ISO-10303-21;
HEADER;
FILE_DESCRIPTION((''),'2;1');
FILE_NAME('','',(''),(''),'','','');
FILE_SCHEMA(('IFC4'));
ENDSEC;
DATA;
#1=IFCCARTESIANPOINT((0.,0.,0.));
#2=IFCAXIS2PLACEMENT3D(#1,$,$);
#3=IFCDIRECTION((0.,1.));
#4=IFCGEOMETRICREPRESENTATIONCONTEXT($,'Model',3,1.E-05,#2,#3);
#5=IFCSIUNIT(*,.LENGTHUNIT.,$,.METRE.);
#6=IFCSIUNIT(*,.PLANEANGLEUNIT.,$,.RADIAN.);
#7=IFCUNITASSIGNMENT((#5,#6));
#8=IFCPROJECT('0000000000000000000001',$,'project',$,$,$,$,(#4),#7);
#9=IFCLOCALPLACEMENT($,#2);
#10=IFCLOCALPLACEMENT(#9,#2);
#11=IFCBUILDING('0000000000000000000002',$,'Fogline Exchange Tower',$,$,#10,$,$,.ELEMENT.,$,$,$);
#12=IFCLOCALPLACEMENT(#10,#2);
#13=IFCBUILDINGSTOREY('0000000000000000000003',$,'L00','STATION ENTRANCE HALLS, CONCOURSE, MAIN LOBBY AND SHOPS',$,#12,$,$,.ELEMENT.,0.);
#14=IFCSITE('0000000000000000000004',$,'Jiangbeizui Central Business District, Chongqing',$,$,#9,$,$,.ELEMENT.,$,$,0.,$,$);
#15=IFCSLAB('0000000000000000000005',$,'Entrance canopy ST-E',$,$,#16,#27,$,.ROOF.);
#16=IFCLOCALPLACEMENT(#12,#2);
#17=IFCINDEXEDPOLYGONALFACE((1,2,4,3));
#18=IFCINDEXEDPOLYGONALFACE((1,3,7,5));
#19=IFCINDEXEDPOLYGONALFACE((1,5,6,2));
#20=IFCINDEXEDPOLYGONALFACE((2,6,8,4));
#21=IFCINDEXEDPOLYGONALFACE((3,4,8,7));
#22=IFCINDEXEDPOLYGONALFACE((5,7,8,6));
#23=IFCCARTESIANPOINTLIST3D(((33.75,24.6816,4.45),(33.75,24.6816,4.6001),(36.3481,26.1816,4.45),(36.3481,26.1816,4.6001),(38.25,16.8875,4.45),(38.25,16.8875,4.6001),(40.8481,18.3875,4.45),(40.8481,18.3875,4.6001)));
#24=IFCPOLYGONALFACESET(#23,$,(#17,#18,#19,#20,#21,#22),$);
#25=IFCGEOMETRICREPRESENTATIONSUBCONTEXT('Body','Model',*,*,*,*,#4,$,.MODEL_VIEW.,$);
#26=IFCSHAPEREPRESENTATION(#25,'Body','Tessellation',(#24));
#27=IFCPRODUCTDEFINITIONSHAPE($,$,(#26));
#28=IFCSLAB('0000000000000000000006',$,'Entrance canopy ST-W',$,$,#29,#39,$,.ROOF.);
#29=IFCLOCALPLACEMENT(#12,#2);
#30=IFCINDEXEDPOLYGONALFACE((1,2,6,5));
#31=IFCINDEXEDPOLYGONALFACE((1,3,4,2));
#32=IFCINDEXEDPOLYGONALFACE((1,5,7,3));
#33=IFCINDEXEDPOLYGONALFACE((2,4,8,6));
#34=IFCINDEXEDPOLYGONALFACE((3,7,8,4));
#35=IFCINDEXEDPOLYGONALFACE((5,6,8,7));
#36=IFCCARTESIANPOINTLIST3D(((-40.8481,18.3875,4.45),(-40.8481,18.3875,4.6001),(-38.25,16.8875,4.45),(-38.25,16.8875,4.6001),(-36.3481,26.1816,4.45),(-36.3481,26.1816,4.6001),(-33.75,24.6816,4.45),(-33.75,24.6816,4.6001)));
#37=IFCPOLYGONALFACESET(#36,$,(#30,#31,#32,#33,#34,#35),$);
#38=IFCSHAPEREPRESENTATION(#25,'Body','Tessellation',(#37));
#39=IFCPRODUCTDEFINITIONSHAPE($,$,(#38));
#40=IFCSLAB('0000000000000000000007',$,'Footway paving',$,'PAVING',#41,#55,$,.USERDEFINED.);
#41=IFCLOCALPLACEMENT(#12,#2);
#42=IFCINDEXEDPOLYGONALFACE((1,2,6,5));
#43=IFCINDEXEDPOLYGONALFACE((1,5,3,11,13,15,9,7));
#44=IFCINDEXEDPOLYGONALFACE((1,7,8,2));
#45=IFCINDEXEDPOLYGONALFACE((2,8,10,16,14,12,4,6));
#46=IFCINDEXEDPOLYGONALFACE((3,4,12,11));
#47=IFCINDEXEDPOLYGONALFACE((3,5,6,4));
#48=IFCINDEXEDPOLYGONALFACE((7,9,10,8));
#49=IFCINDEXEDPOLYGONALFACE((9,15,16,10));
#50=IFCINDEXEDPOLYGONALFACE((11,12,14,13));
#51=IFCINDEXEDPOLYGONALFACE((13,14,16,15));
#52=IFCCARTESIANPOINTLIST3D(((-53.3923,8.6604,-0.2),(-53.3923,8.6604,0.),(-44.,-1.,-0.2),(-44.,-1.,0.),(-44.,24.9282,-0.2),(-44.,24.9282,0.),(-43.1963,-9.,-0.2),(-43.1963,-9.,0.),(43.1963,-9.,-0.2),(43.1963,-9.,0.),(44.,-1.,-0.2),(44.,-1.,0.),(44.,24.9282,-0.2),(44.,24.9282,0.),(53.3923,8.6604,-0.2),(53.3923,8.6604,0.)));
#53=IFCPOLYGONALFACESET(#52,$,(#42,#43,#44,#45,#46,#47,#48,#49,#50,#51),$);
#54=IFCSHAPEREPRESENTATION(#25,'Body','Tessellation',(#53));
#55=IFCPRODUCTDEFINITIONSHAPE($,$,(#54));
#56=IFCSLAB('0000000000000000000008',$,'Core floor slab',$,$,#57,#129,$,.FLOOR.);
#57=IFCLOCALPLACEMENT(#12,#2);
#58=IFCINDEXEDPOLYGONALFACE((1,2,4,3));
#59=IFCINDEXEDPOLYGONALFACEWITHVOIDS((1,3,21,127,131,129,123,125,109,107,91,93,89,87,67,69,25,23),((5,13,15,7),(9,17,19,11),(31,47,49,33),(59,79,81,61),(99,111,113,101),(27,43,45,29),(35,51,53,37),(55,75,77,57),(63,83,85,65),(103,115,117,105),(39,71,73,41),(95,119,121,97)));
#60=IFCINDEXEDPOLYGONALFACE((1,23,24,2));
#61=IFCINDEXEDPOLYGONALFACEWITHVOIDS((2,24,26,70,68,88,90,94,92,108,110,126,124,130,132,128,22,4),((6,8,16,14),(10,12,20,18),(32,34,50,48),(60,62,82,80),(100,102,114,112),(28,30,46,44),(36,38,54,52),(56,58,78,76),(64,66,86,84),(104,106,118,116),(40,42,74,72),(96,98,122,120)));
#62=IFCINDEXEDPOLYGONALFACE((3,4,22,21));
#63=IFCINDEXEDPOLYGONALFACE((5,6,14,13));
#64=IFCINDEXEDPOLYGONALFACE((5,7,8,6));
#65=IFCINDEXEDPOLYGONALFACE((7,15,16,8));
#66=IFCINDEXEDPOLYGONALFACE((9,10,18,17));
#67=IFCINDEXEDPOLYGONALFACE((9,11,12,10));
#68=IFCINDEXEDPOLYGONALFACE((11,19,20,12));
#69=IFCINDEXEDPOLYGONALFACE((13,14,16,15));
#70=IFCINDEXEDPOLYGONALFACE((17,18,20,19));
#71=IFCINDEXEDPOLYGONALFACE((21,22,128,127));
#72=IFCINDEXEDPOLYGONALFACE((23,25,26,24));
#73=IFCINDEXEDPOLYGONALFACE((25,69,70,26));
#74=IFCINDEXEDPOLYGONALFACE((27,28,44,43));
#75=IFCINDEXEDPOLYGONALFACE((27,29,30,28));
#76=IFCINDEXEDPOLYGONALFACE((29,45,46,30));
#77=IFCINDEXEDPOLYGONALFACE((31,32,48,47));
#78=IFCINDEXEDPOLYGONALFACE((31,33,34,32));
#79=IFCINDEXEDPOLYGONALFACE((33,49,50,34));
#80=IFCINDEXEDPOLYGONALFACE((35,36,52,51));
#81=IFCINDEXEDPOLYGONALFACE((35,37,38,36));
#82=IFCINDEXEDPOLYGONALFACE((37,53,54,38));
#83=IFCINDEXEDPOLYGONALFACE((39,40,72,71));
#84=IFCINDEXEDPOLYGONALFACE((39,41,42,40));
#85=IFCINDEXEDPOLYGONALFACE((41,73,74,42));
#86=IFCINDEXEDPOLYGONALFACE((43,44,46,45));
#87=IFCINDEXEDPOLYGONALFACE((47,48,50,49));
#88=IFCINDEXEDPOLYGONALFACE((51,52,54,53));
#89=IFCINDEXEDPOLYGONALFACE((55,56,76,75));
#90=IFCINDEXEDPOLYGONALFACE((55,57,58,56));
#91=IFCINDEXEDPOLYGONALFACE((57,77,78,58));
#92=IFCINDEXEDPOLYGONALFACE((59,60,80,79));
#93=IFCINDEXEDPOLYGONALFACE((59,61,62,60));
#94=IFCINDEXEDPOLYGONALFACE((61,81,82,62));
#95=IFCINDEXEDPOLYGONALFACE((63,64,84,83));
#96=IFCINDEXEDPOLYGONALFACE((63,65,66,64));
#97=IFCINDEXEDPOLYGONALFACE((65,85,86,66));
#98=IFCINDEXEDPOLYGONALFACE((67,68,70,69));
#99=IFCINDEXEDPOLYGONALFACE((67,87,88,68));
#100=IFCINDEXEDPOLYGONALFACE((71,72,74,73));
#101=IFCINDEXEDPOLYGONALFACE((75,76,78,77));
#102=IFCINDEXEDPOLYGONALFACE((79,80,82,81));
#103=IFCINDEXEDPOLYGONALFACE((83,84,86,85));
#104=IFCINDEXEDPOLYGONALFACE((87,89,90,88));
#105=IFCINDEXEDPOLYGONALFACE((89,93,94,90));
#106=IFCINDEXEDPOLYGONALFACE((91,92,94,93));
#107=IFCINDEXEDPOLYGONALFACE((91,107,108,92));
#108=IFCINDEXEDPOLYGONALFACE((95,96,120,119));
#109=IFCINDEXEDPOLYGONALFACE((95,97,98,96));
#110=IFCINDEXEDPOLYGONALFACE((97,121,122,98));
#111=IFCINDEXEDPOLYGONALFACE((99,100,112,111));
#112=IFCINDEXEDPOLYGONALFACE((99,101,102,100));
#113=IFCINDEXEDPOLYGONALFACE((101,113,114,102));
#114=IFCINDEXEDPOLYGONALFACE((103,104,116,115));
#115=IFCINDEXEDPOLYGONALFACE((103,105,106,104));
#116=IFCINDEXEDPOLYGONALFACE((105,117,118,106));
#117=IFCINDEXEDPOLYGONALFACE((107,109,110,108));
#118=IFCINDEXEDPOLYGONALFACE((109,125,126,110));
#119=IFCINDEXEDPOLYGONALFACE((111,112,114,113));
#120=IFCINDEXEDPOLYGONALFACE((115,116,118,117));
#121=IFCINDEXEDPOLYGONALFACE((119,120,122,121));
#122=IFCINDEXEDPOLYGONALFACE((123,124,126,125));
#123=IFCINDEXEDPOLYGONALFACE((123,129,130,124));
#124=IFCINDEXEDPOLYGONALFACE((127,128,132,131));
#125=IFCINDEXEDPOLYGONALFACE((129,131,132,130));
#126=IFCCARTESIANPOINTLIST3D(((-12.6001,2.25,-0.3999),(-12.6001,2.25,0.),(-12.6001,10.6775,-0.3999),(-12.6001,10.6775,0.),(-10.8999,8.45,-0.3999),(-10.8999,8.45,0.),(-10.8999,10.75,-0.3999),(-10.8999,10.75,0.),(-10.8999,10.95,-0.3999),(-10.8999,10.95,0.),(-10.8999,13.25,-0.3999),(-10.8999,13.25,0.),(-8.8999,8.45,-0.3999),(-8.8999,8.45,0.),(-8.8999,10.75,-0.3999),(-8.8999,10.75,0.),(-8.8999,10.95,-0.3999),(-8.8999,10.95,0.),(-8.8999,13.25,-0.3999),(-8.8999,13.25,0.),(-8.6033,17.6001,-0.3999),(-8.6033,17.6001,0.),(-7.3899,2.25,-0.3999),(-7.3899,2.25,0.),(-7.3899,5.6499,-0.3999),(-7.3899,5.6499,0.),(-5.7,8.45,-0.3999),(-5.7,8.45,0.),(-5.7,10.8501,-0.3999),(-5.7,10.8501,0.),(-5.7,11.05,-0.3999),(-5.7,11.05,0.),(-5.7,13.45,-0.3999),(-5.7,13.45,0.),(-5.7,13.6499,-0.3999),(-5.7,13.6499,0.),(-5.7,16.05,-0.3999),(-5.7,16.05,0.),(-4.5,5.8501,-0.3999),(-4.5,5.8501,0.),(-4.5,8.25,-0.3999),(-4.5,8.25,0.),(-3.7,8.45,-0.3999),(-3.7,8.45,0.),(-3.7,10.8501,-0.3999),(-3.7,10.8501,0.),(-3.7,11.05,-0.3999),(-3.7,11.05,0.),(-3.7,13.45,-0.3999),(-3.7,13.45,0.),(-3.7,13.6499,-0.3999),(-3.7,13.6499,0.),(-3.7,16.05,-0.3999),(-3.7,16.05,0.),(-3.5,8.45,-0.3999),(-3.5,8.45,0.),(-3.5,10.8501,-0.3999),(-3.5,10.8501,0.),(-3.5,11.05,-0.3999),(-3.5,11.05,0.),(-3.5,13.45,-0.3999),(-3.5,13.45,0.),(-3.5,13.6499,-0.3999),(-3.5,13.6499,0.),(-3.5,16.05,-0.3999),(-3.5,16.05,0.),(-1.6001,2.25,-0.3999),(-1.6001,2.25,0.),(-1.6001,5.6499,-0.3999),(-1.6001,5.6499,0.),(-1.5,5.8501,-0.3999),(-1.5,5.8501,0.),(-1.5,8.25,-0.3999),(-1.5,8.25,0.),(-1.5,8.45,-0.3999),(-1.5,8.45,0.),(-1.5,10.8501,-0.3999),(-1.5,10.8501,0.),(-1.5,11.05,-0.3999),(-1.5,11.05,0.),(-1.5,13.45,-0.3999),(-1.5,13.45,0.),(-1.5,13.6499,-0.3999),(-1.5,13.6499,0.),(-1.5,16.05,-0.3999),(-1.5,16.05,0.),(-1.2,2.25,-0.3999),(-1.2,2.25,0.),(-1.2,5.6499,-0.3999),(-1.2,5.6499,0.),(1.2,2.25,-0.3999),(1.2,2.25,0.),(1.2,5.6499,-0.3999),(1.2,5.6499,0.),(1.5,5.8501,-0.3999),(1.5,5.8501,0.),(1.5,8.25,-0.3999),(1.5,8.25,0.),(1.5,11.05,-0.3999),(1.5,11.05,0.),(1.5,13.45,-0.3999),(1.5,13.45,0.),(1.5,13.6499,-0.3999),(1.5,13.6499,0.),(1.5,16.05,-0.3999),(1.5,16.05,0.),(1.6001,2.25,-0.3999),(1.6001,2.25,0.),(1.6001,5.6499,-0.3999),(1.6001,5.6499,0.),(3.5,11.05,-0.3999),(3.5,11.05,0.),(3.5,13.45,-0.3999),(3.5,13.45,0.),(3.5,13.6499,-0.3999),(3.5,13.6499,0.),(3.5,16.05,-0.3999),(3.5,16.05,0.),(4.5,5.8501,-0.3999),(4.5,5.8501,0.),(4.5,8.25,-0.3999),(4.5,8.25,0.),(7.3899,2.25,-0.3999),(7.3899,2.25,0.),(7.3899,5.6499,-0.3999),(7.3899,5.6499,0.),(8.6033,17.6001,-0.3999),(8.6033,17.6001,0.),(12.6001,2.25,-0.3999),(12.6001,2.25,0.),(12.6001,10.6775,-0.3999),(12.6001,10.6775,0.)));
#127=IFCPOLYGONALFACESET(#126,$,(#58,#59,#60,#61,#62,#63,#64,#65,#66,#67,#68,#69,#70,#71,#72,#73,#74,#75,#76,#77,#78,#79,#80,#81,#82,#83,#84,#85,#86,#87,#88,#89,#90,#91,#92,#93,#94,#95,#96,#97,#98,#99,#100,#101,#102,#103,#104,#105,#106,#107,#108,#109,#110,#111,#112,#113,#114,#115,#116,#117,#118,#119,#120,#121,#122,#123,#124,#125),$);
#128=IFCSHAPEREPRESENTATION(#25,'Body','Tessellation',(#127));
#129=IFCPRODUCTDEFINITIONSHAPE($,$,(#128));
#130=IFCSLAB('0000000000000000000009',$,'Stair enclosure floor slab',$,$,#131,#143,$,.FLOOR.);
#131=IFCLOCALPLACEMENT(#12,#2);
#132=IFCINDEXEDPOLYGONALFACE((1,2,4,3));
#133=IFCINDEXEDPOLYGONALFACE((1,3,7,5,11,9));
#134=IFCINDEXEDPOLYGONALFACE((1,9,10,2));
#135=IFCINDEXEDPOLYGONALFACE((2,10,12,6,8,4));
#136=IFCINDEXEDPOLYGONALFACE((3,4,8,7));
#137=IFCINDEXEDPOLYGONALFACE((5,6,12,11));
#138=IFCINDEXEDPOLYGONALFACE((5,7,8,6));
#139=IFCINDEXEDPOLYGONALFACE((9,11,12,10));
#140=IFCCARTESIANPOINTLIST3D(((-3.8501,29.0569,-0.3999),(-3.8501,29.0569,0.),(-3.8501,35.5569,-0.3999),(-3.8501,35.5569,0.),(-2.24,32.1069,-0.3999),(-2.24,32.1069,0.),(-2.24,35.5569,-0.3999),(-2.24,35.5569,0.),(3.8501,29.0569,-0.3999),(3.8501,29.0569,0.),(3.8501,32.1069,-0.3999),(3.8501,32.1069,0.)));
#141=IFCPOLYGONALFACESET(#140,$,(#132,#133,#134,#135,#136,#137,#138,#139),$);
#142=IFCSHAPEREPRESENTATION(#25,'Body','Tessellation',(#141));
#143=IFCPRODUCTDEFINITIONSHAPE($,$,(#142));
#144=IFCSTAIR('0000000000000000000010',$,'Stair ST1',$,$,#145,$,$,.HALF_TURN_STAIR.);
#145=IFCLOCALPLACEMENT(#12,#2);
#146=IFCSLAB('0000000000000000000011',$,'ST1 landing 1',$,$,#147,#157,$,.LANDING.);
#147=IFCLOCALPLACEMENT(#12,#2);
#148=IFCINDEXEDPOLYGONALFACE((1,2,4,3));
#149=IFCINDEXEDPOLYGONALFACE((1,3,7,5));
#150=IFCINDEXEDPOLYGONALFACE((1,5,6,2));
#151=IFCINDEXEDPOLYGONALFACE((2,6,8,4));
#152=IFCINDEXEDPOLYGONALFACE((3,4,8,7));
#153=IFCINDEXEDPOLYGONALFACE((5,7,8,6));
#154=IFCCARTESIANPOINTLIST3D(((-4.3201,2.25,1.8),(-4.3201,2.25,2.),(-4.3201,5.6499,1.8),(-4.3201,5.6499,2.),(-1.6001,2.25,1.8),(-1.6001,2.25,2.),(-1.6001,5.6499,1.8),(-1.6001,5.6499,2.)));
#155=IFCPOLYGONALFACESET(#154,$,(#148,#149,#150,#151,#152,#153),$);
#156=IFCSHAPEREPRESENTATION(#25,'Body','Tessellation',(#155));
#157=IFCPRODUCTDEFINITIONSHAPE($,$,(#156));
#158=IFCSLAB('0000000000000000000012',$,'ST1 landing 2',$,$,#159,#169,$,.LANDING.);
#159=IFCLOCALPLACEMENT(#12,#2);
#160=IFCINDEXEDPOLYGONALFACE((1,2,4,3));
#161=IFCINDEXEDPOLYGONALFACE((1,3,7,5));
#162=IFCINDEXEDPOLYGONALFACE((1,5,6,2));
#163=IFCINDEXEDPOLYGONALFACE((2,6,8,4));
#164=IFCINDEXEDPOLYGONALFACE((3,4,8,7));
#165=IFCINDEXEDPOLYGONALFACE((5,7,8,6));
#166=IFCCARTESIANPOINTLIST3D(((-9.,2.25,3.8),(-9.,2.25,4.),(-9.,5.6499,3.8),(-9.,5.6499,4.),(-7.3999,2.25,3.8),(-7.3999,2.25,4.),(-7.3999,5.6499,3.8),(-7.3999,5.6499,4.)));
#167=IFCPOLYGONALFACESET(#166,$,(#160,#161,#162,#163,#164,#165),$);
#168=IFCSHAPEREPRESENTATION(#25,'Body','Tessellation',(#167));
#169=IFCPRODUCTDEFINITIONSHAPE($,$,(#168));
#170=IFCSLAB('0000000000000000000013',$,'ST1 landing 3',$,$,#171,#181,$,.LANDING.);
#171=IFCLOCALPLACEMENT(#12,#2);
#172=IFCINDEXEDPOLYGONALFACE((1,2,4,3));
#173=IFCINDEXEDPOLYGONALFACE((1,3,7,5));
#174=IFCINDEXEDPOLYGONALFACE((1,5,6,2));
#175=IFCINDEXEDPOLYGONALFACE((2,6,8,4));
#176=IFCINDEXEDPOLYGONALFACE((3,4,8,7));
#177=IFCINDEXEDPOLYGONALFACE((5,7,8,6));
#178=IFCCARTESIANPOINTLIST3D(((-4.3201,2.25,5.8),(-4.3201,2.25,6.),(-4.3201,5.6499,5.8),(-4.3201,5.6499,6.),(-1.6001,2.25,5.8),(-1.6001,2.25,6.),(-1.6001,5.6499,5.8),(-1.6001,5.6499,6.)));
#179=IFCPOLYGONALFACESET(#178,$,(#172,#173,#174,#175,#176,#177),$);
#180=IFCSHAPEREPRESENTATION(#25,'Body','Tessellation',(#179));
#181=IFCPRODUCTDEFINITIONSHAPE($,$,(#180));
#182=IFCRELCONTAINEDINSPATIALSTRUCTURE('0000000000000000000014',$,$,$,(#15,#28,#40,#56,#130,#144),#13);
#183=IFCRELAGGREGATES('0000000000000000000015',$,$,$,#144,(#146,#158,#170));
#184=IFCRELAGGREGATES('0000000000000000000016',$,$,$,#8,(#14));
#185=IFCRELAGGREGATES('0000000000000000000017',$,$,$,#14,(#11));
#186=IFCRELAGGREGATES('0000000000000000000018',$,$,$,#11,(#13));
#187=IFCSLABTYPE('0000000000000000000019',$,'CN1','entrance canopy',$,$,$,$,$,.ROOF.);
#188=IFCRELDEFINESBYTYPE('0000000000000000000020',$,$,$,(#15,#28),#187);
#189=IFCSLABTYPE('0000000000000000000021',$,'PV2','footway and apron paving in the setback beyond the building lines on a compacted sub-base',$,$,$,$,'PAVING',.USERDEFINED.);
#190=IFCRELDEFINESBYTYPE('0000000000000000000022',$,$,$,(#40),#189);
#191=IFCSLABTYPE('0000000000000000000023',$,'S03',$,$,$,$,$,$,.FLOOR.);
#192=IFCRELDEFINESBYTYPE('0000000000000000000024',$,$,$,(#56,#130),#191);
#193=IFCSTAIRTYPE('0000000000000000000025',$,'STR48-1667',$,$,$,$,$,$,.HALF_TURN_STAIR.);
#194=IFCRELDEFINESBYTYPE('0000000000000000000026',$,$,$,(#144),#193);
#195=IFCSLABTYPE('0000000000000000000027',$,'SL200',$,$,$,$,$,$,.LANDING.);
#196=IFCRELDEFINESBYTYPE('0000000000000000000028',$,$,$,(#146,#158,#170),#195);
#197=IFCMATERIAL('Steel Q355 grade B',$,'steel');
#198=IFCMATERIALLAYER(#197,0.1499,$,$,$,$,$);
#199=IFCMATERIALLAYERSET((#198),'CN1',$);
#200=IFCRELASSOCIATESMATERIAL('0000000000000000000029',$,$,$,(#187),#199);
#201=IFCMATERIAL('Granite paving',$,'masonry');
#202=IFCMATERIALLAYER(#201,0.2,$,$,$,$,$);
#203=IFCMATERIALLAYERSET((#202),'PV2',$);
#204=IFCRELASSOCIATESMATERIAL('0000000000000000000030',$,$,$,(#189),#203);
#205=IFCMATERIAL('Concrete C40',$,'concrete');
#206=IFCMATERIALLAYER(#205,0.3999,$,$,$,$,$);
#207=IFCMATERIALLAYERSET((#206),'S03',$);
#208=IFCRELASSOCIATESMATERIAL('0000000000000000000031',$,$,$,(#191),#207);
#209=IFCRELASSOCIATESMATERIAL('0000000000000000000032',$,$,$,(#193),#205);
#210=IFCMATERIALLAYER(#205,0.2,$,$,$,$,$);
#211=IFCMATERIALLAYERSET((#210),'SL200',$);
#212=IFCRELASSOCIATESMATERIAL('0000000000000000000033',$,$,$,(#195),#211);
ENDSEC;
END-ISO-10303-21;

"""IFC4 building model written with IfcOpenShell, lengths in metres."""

from ifc_helpers import new_model, si_unit, direction, frame, origin, place, context, subcontext, project, spatial, polyline, outline, extrude, material, layer, layer_set, type_object, element, aggregate, save


model = new_model("IFC4")

# Units and contexts
model_context = context("Model", 3, precision=1e-05, world=origin(), true_north=direction((0.0, 1.0)))
body_context = subcontext(model_context, "Body", "Model", "MODEL_VIEW")
ifc_project = project(units=[si_unit("LENGTHUNIT", "METRE"), si_unit("PLANEANGLEUNIT", "RADIAN")], contexts=[model_context])

# Site, building, storey
site_placement = place(None, origin())
site = spatial("IfcSite", under=ifc_project, at=site_placement, Name="Jiangbeizui Central Business District, Chongqing", CompositionType="ELEMENT", RefElevation=0.0)
building_placement = place(site_placement, origin())
building = spatial("IfcBuilding", under=site, at=building_placement, Name="Fogline Exchange Tower", CompositionType="ELEMENT")
storey_placement = place(building_placement, origin())
storey = spatial("IfcBuildingStorey", under=building, at=storey_placement, Name="L00", Description="STATION ENTRANCE HALLS, CONCOURSE, MAIN LOBBY AND SHOPS", CompositionType="ELEMENT", Elevation=0.0)

# Slabs
ifc_material_1 = material(Name="Steel Q355 grade B", Category="steel")
ifc_layer_1 = layer(ifc_material_1, 0.1499)
ifc_layer_set_1 = layer_set([ifc_layer_1], Name="CN1")
slab_type_1 = type_object("IfcSlabType", Name="CN1", Description="entrance canopy", PredefinedType="ROOF", material=ifc_layer_set_1)
slab_1_placement = place(storey_placement, frame((0.0, 0.0, 4.45)))
element("IfcSlab", 1, at=slab_1_placement, inside=storey, type_object=slab_type_1, Name="Entrance canopy ST-E", PredefinedType="ROOF", context=body_context, shape_type="SweptSolid", body=[
    extrude(outline(polyline([(38.25, 16.8875), (40.8481, 18.3875), (36.3481, 26.1816), (33.75, 24.6816), (38.25, 16.8875)])), origin(), (0.0, 0.0, 1.0), 0.1501),
])
slab_2_placement = place(storey_placement, frame((0.0, 0.0, 4.45)))
element("IfcSlab", 2, at=slab_2_placement, inside=storey, type_object=slab_type_1, Name="Entrance canopy ST-W", PredefinedType="ROOF", context=body_context, shape_type="SweptSolid", body=[
    extrude(outline(polyline([(-33.75, 24.6816), (-36.3481, 26.1816), (-40.8481, 18.3875), (-38.25, 16.8875), (-33.75, 24.6816)])), origin(), (0.0, 0.0, 1.0), 0.1501),
])
ifc_material_2 = material(Name="Granite paving", Category="masonry")
ifc_layer_2 = layer(ifc_material_2, 0.2)
ifc_layer_set_2 = layer_set([ifc_layer_2], Name="PV2")
slab_type_2 = type_object("IfcSlabType", Name="PV2", Description="footway and apron paving in the setback beyond the building lines on a compacted sub-base", ElementType="PAVING", PredefinedType="USERDEFINED", material=ifc_layer_set_2)
slab_3_placement = place(storey_placement, frame((0.0, 0.0, -0.2)))
element("IfcSlab", 3, at=slab_3_placement, inside=storey, type_object=slab_type_2, Name="Footway paving", ObjectType="PAVING", PredefinedType="USERDEFINED", context=body_context, shape_type="SweptSolid", body=[
    extrude(outline(polyline([(53.3923, 8.6604), (44.0, 24.9282), (44.0, -1.0), (-44.0, -1.0), (-44.0, 24.9282), (-53.3923, 8.6604), (-43.1963, -9.0), (43.1963, -9.0), (53.3923, 8.6604)])), origin(), (0.0, 0.0, 1.0), 0.2),
])
ifc_material_3 = material(Name="Concrete C40", Category="concrete")
ifc_layer_3 = layer(ifc_material_3, 0.3999)
ifc_layer_set_3 = layer_set([ifc_layer_3], Name="S03")
slab_type_3 = type_object("IfcSlabType", Name="S03", PredefinedType="FLOOR", material=ifc_layer_set_3)
slab_4_placement = place(storey_placement, frame((0.0, 0.0, -0.3999)))
element("IfcSlab", 4, at=slab_4_placement, inside=storey, type_object=slab_type_3, Name="Core floor slab", PredefinedType="FLOOR", context=body_context, shape_type="SweptSolid", body=[
    extrude(outline(polyline([(-12.6001, 2.25), (-12.6001, 10.6775), (-8.6033, 17.6001), (8.6033, 17.6001), (12.6001, 10.6775), (12.6001, 2.25), (7.3899, 2.25), (7.3899, 5.6499), (1.6001, 5.6499), (1.6001, 2.25), (1.2, 2.25), (1.2, 5.6499), (-1.2, 5.6499), (-1.2, 2.25), (-1.6001, 2.25), (-1.6001, 5.6499), (-7.3899, 5.6499), (-7.3899, 2.25), (-12.6001, 2.25)]), holes=[polyline([(-1.5, 8.25), (-4.5, 8.25), (-4.5, 5.8501), (-1.5, 5.8501), (-1.5, 8.25)]), polyline([(-8.8999, 10.75), (-10.8999, 10.75), (-10.8999, 8.45), (-8.8999, 8.45), (-8.8999, 10.75)]), polyline([(-3.7, 10.8501), (-5.7, 10.8501), (-5.7, 8.45), (-3.7, 8.45), (-3.7, 10.8501)]), polyline([(-1.5, 10.8501), (-3.5, 10.8501), (-3.5, 8.45), (-1.5, 8.45), (-1.5, 10.8501)]), polyline([(-8.8999, 13.25), (-10.8999, 13.25), (-10.8999, 10.95), (-8.8999, 10.95), (-8.8999, 13.25)]), polyline([(-3.7, 13.45), (-5.7, 13.45), (-5.7, 11.05), (-3.7, 11.05), (-3.7, 13.45)]), polyline([(-3.7, 16.05), (-5.7, 16.05), (-5.7, 13.6499), (-3.7, 13.6499), (-3.7, 16.05)]), polyline([(4.5, 8.25), (1.5, 8.25), (1.5, 5.8501), (4.5, 5.8501), (4.5, 8.25)]), polyline([(-1.5, 13.45), (-3.5, 13.45), (-3.5, 11.05), (-1.5, 11.05), (-1.5, 13.45)]), polyline([(3.5, 13.45), (1.5, 13.45), (1.5, 11.05), (3.5, 11.05), (3.5, 13.45)]), polyline([(-1.5, 16.05), (-3.5, 16.05), (-3.5, 13.6499), (-1.5, 13.6499), (-1.5, 16.05)]), polyline([(3.5, 16.05), (1.5, 16.05), (1.5, 13.6499), (3.5, 13.6499), (3.5, 16.05)])]), origin(), (0.0, 0.0, 1.0), 0.3999),
])
slab_5_placement = place(storey_placement, frame((0.0, 0.0, -0.3999)))
element("IfcSlab", 5, at=slab_5_placement, inside=storey, type_object=slab_type_3, Name="Stair enclosure floor slab", PredefinedType="FLOOR", context=body_context, shape_type="SweptSolid", body=[
    extrude(outline(polyline([(3.8501, 29.0569), (-3.8501, 29.0569), (-3.8501, 35.5569), (-2.24, 35.5569), (-2.24, 32.1069), (3.8501, 32.1069), (3.8501, 29.0569)])), origin(), (0.0, 0.0, 1.0), 0.3999),
])

# Stair, slabs
stair_type = type_object("IfcStairType", Name="STR48-1667", PredefinedType="HALF_TURN_STAIR", material=ifc_material_3)
stair_1_placement = place(storey_placement, origin())
stair_1 = element("IfcStair", 6, at=stair_1_placement, inside=storey, type_object=stair_type, Name="Stair ST1", PredefinedType="HALF_TURN_STAIR")
ifc_layer_4 = layer(ifc_material_3, 0.2)
ifc_layer_set_4 = layer_set([ifc_layer_4], Name="SL200")
slab_type_4 = type_object("IfcSlabType", Name="SL200", PredefinedType="LANDING", material=ifc_layer_set_4)
slab_6_placement = place(storey_placement, frame((0.0, 0.0, 1.8)))
slab_6 = element("IfcSlab", 7, at=slab_6_placement, type_object=slab_type_4, Name="ST1 landing 1", PredefinedType="LANDING", context=body_context, shape_type="SweptSolid", body=[
    extrude(outline(polyline([(-4.3201, 2.25), (-1.6001, 2.25), (-1.6001, 5.6499), (-4.3201, 5.6499), (-4.3201, 2.25)])), origin(), (0.0, 0.0, 1.0), 0.2),
])
slab_7_placement = place(storey_placement, frame((0.0, 0.0, 3.8)))
slab_7 = element("IfcSlab", 8, at=slab_7_placement, type_object=slab_type_4, Name="ST1 landing 2", PredefinedType="LANDING", context=body_context, shape_type="SweptSolid", body=[
    extrude(outline(polyline([(-9.0, 2.25), (-7.3999, 2.25), (-7.3999, 5.6499), (-9.0, 5.6499), (-9.0, 2.25)])), origin(), (0.0, 0.0, 1.0), 0.2),
])
slab_8_placement = place(storey_placement, frame((0.0, 0.0, 5.8)))
slab_8 = element("IfcSlab", 9, at=slab_8_placement, type_object=slab_type_4, Name="ST1 landing 3", PredefinedType="LANDING", context=body_context, shape_type="SweptSolid", body=[
    extrude(outline(polyline([(-4.3201, 2.25), (-1.6001, 2.25), (-1.6001, 5.6499), (-4.3201, 5.6499), (-4.3201, 2.25)])), origin(), (0.0, 0.0, 1.0), 0.2),
])

aggregate(stair_1, [slab_6, slab_7, slab_8])

save(model, "model.ifc")
